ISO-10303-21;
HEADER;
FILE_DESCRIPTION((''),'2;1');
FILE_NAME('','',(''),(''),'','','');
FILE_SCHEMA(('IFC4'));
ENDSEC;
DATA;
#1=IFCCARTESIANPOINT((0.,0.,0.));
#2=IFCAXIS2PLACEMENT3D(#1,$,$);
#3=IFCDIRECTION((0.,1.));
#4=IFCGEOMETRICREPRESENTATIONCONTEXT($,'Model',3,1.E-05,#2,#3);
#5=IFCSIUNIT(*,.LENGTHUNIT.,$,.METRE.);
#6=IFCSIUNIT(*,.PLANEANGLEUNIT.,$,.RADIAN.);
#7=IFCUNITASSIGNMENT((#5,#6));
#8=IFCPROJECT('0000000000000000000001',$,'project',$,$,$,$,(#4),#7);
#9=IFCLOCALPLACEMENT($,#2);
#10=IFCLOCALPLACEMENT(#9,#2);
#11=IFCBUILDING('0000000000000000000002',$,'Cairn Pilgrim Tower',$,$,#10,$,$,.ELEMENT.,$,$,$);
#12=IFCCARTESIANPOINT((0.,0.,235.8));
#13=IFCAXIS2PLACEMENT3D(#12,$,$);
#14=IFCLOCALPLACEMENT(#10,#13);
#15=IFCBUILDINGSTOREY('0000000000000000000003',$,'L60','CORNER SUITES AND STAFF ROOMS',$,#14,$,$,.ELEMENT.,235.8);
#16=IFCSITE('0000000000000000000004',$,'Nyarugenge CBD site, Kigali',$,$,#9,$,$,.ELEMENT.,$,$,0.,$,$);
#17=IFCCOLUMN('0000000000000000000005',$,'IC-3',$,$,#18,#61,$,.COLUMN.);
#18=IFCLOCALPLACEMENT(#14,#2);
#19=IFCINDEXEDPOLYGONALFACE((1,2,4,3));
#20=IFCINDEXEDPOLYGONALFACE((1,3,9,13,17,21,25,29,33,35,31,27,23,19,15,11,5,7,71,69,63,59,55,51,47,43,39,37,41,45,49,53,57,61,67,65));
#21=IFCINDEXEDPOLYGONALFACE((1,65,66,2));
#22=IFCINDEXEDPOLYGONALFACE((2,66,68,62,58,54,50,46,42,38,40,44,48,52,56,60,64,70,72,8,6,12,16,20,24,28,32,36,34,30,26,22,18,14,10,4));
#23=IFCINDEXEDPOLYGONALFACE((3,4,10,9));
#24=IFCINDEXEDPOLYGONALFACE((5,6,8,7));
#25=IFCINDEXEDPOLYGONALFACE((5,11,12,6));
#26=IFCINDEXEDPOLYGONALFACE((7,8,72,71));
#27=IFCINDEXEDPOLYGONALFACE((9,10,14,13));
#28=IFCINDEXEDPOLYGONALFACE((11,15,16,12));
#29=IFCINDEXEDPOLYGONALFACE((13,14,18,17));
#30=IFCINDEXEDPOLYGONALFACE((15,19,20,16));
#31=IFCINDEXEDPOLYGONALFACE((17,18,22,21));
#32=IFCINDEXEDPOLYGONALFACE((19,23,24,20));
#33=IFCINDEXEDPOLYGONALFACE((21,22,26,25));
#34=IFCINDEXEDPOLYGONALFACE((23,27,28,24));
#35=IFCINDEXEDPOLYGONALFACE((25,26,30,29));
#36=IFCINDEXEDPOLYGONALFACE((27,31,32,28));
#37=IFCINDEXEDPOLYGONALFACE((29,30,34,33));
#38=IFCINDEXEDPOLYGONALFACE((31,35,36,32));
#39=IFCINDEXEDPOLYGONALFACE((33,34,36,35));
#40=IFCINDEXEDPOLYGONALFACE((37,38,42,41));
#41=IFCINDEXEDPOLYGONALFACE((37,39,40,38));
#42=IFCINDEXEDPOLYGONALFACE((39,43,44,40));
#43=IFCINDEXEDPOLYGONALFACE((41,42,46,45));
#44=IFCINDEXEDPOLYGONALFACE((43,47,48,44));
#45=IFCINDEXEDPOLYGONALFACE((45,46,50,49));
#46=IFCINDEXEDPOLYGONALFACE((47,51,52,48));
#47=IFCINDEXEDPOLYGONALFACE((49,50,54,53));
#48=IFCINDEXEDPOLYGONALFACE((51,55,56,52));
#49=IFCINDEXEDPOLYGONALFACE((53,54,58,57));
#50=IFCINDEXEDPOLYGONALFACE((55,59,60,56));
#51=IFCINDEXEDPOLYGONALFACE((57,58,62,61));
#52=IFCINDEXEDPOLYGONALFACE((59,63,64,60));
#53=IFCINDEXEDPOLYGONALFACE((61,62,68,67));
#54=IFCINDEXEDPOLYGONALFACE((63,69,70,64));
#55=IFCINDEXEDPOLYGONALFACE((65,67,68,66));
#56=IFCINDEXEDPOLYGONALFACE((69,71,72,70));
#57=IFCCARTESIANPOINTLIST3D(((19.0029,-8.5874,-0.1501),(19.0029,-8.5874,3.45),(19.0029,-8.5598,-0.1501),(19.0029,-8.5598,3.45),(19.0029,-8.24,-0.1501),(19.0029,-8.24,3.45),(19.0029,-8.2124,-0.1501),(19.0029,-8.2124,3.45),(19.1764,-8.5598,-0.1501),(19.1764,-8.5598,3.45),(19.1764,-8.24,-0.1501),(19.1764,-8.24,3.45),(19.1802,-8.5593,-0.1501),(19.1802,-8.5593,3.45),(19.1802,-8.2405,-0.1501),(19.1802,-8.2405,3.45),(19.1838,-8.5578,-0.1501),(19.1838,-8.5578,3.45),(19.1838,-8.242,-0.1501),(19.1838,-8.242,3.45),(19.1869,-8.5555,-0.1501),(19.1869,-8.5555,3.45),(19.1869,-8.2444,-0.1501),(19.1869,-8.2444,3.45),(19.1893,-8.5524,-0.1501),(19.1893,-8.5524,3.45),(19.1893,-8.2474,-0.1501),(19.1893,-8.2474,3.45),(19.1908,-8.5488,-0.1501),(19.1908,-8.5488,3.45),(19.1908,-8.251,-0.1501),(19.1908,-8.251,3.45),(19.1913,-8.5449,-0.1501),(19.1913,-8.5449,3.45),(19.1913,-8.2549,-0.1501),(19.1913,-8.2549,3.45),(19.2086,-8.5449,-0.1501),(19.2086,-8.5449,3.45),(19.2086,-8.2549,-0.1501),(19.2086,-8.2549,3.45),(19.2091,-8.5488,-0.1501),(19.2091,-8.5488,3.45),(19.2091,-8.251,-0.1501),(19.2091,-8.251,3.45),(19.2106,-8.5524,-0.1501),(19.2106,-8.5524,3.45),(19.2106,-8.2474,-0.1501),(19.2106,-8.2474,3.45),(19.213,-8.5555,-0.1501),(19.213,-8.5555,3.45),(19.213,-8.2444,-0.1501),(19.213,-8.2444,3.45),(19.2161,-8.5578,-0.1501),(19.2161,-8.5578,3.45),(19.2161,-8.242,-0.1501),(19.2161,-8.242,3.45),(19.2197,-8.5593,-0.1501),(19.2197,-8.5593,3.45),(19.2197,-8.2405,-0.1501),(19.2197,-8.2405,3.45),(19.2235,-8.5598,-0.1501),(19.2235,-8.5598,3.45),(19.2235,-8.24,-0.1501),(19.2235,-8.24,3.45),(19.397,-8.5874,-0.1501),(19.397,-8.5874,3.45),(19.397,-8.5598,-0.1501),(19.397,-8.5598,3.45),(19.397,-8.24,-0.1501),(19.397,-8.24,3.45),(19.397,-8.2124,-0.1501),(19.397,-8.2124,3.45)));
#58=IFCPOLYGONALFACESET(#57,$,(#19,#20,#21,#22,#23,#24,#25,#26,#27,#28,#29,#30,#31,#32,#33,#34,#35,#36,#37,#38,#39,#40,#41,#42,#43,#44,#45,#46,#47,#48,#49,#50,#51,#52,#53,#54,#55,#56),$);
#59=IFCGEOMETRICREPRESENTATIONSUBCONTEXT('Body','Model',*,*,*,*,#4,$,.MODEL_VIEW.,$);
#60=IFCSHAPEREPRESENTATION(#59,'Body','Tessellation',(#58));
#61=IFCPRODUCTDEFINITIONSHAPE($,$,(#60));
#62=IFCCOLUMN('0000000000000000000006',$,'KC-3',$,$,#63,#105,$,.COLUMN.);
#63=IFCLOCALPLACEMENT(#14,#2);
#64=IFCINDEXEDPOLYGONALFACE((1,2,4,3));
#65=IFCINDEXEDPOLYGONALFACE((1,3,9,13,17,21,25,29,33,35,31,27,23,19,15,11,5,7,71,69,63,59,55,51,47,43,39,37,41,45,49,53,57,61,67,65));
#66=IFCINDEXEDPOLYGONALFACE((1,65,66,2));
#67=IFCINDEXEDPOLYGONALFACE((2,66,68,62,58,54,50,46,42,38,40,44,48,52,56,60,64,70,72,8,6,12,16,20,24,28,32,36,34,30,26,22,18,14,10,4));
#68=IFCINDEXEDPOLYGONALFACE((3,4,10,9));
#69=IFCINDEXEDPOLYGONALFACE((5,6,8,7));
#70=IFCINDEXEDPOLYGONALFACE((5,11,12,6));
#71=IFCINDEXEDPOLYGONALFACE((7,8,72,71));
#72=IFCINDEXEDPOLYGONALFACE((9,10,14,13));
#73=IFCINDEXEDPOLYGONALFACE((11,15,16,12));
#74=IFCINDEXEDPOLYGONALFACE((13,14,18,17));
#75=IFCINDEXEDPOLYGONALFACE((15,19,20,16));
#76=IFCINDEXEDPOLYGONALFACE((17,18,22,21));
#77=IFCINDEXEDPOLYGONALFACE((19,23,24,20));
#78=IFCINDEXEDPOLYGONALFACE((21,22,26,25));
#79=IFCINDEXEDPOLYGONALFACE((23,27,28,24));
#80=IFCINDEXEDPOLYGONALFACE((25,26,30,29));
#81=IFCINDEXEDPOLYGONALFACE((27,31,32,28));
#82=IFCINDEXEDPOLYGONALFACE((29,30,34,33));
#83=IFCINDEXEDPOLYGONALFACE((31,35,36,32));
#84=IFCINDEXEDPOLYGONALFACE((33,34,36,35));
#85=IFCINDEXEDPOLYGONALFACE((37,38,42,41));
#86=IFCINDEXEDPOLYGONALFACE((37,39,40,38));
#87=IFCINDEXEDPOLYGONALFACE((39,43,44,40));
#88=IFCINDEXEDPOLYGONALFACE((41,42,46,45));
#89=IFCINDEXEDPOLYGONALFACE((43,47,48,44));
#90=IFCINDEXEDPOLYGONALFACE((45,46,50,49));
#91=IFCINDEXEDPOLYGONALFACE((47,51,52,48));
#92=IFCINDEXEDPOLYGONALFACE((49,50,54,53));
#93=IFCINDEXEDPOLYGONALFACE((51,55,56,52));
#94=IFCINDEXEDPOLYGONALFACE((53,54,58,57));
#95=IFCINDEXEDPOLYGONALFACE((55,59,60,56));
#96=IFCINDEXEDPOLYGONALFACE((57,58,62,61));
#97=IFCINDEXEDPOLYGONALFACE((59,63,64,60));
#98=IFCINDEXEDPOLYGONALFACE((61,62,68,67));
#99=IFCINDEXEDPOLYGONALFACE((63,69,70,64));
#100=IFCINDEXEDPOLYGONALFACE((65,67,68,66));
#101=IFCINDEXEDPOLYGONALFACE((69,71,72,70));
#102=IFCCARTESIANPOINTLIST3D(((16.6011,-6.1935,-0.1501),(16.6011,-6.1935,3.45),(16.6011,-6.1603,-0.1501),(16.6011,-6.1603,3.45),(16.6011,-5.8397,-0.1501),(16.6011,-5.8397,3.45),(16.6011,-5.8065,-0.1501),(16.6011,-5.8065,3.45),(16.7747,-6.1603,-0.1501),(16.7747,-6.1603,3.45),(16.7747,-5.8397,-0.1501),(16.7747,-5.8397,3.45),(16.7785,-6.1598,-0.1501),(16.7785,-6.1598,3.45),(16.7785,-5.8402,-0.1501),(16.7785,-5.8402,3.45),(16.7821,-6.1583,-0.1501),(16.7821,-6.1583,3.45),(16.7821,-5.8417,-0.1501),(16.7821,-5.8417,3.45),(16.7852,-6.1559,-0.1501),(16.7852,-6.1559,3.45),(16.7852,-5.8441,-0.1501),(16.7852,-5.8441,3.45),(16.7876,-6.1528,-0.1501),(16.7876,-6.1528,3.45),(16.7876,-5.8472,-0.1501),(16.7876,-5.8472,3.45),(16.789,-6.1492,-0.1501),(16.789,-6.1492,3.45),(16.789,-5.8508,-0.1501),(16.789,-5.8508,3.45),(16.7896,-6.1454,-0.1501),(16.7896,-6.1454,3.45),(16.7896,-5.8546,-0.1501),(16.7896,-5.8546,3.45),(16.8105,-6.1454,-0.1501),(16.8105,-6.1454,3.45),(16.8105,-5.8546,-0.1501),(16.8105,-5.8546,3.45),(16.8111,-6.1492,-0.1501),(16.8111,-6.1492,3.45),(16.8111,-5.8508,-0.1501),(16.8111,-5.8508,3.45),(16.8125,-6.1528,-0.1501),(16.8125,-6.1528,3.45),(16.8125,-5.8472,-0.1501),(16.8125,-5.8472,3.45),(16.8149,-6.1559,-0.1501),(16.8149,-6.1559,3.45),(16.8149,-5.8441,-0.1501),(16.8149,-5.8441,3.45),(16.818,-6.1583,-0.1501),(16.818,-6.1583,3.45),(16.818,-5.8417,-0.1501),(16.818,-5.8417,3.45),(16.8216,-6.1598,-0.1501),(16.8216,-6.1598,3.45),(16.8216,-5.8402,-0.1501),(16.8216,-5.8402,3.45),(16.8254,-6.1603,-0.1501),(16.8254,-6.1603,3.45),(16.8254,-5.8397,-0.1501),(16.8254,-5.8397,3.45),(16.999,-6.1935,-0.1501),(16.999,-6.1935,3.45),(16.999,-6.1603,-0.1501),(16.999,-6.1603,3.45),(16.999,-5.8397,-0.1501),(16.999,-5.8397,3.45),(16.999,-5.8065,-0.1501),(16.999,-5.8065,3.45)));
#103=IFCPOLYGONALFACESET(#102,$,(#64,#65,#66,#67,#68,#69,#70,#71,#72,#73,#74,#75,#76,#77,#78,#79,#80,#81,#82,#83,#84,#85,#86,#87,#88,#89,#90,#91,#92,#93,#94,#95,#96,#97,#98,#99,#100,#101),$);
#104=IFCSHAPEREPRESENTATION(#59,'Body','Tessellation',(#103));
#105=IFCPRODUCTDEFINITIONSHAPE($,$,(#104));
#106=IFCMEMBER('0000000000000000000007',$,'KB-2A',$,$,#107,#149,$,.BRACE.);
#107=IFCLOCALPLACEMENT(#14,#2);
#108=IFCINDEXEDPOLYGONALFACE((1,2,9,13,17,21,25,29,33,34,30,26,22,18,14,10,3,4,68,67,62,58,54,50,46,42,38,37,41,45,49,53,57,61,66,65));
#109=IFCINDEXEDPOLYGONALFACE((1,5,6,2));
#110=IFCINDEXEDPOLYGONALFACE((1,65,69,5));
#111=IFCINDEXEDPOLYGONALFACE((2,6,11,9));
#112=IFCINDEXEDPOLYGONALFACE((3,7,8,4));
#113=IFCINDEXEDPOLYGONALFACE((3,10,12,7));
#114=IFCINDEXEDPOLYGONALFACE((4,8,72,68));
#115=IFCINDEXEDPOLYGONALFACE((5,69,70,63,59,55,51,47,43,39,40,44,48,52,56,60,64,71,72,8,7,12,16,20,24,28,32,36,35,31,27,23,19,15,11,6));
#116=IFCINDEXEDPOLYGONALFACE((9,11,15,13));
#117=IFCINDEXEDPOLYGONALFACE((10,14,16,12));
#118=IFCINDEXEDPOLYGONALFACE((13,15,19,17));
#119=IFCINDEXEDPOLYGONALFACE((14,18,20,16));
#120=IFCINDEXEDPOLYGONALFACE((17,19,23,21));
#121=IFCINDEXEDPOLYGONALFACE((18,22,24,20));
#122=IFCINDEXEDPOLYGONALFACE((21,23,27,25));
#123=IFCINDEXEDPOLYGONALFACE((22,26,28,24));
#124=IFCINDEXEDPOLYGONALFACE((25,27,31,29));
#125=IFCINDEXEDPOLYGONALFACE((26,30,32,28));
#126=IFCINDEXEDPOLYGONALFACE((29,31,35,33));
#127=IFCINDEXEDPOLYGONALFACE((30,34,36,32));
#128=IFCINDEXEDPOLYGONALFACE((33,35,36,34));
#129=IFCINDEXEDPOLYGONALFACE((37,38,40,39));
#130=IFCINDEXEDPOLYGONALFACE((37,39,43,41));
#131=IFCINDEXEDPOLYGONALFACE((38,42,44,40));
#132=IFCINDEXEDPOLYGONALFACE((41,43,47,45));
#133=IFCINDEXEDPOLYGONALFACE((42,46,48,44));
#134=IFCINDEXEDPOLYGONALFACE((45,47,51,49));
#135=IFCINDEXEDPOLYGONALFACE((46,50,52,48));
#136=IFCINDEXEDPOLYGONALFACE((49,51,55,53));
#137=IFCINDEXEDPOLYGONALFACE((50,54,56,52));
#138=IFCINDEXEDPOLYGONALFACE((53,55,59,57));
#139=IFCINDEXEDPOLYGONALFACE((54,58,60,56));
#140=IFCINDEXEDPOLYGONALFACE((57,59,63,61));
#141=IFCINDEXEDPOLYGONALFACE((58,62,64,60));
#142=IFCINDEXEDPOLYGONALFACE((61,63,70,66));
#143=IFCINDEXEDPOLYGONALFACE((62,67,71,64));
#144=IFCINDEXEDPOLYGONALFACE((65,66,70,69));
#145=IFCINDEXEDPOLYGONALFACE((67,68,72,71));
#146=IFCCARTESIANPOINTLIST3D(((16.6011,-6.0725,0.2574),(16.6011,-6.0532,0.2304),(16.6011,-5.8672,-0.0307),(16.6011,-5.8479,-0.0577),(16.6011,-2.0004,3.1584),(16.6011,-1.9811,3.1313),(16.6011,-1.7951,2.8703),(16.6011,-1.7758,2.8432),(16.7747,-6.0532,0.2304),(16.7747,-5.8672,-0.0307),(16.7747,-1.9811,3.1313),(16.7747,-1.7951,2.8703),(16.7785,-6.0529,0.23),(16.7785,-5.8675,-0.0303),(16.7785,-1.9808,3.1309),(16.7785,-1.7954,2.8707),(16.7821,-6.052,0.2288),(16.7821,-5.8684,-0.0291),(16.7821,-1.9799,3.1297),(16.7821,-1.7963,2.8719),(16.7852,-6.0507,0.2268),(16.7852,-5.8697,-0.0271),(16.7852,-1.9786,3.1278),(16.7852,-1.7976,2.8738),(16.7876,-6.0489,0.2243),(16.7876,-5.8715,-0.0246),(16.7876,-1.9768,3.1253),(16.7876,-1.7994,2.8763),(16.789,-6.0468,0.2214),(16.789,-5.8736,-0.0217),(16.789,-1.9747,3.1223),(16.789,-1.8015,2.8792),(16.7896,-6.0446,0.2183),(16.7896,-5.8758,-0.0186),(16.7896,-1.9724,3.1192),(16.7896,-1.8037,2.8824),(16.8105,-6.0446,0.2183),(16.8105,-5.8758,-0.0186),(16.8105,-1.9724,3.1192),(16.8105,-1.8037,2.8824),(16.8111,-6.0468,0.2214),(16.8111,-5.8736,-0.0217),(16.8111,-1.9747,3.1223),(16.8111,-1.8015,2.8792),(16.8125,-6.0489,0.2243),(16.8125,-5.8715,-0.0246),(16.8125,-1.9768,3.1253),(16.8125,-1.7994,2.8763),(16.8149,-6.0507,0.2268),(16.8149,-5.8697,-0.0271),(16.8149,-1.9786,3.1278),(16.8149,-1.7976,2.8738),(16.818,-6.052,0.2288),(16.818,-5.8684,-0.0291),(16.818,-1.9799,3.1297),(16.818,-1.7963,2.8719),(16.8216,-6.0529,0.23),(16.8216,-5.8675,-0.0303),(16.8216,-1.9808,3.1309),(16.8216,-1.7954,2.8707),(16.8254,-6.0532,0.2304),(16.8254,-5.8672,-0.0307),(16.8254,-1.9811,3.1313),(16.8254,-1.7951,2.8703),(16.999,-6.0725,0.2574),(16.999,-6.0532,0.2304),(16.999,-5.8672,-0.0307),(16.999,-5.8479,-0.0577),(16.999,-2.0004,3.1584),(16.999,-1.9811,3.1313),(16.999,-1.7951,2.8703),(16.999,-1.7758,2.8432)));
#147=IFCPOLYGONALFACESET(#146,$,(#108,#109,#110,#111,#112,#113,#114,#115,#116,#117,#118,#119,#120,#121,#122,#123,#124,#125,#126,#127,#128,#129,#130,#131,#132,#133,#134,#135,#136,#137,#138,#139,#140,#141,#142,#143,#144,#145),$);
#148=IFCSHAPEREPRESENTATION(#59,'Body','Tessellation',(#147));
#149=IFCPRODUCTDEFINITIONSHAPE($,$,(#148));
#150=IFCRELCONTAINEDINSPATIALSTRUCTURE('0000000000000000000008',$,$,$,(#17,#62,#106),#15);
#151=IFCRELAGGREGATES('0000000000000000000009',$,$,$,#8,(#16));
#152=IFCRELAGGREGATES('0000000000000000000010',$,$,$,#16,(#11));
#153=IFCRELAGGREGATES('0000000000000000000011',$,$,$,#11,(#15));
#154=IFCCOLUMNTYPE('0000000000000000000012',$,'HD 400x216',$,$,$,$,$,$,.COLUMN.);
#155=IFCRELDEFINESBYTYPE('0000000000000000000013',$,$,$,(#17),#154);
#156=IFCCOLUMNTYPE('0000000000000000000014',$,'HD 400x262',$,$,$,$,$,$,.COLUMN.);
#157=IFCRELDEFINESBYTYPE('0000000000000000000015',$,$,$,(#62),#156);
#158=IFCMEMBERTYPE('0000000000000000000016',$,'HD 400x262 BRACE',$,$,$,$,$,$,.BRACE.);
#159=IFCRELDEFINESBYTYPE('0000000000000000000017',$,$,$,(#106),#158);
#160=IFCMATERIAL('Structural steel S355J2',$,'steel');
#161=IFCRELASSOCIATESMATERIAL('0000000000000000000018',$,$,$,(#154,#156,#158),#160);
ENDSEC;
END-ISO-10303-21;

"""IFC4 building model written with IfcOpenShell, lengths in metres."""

from ifc_helpers import new_model, si_unit, direction, frame, origin, origin_2d, place, context, subcontext, project, spatial, i_section, extrude, material, material_profile, profile_set, type_object, element, save


model = new_model("IFC4")

# Units and contexts
model_context = context("Model", 3, precision=1e-05, world=origin(), true_north=direction((0.0, 1.0)))
body_context = subcontext(model_context, "Body", "Model", "MODEL_VIEW")
ifc_project = project(units=[si_unit("LENGTHUNIT", "METRE"), si_unit("PLANEANGLEUNIT", "RADIAN")], contexts=[model_context])

# Site, building, storey
site_placement = place(None, origin())
site = spatial("IfcSite", under=ifc_project, at=site_placement, Name="Nyarugenge CBD site, Kigali", CompositionType="ELEMENT", RefElevation=0.0)
building_placement = place(site_placement, origin())
building = spatial("IfcBuilding", under=site, at=building_placement, Name="Cairn Pilgrim Tower", CompositionType="ELEMENT")
storey_placement = place(building_placement, frame((0.0, 0.0, 235.8)))
storey = spatial("IfcBuildingStorey", under=building, at=storey_placement, Name="L60", Description="CORNER SUITES AND STAFF ROOMS", CompositionType="ELEMENT", Elevation=235.8)

# Columns
ifc_material_1 = material(Name="Structural steel S355J2", Category="steel")
ifc_material_profile_1 = material_profile(ifc_material_1, i_section(OverallWidth=0.394, OverallDepth=0.375, WebThickness=0.0173, FlangeThickness=0.0276, FilletRadius=0.0149, at=origin_2d()), Name="HD 400x216")
ifc_profile_set_1 = profile_set([ifc_material_profile_1], Name="Structural steel S355J2")
column_type_1 = type_object("IfcColumnType", Name="HD 400x216", PredefinedType="COLUMN", material=ifc_profile_set_1)
column_1_placement = place(storey_placement, frame((19.2, -8.3999, -0.1501), z_axis=(0.0, 0.0, 1.0), x_axis=(1.0, 0.0, 0.0)))
element("IfcColumn", 1, at=column_1_placement, inside=storey, type_object=column_type_1, Name="IC-3", PredefinedType="COLUMN", context=body_context, shape_type="SweptSolid", body=[
    extrude(i_section(OverallWidth=0.394, OverallDepth=0.375, WebThickness=0.0173, FlangeThickness=0.0276, FilletRadius=0.0149, at=origin_2d()), origin(), (0.0, 0.0, 1.0), 3.6001),
])
ifc_material_profile_2 = material_profile(ifc_material_1, i_section(OverallWidth=0.3979, OverallDepth=0.387, WebThickness=0.021, FlangeThickness=0.0332, FilletRadius=0.0149, at=origin_2d()), Name="HD 400x262")
ifc_profile_set_2 = profile_set([ifc_material_profile_2], Name="Structural steel S355J2")
column_type_2 = type_object("IfcColumnType", Name="HD 400x262", PredefinedType="COLUMN", material=ifc_profile_set_2)
column_2_placement = place(storey_placement, frame((16.8, -6.0, -0.1501), z_axis=(0.0, 0.0, 1.0), x_axis=(1.0, 0.0, 0.0)))
element("IfcColumn", 2, at=column_2_placement, inside=storey, type_object=column_type_2, Name="KC-3", PredefinedType="COLUMN", context=body_context, shape_type="SweptSolid", body=[
    extrude(i_section(OverallWidth=0.3979, OverallDepth=0.387, WebThickness=0.021, FlangeThickness=0.0332, FilletRadius=0.0149, at=origin_2d()), origin(), (0.0, 0.0, 1.0), 3.6001),
])

# Member
ifc_material_profile_3 = material_profile(ifc_material_1, i_section(OverallWidth=0.3979, OverallDepth=0.387, WebThickness=0.021, FlangeThickness=0.0332, FilletRadius=0.0149, at=origin_2d()), Name="HD 400x262")
ifc_profile_set_3 = profile_set([ifc_material_profile_3], Name="Structural steel S355J2")
member_type = type_object("IfcMemberType", Name="HD 400x262 BRACE", PredefinedType="BRACE", material=ifc_profile_set_3)
member_placement = place(storey_placement, frame((16.8, -5.9602, 0.0999), z_axis=(0.0, 0.814462, 0.580217), x_axis=(-1.0, 0.0, 0.0)))
element("IfcMember", 3, at=member_placement, inside=storey, type_object=member_type, Name="KB-2A", PredefinedType="BRACE", context=body_context, shape_type="SweptSolid", body=[
    extrude(i_section(OverallWidth=0.3979, OverallDepth=0.387, WebThickness=0.021, FlangeThickness=0.0332, FilletRadius=0.0149, at=origin_2d()), origin(), (0.0, 0.0, 1.0), 4.9998),
])

save(model, "model.ifc")
